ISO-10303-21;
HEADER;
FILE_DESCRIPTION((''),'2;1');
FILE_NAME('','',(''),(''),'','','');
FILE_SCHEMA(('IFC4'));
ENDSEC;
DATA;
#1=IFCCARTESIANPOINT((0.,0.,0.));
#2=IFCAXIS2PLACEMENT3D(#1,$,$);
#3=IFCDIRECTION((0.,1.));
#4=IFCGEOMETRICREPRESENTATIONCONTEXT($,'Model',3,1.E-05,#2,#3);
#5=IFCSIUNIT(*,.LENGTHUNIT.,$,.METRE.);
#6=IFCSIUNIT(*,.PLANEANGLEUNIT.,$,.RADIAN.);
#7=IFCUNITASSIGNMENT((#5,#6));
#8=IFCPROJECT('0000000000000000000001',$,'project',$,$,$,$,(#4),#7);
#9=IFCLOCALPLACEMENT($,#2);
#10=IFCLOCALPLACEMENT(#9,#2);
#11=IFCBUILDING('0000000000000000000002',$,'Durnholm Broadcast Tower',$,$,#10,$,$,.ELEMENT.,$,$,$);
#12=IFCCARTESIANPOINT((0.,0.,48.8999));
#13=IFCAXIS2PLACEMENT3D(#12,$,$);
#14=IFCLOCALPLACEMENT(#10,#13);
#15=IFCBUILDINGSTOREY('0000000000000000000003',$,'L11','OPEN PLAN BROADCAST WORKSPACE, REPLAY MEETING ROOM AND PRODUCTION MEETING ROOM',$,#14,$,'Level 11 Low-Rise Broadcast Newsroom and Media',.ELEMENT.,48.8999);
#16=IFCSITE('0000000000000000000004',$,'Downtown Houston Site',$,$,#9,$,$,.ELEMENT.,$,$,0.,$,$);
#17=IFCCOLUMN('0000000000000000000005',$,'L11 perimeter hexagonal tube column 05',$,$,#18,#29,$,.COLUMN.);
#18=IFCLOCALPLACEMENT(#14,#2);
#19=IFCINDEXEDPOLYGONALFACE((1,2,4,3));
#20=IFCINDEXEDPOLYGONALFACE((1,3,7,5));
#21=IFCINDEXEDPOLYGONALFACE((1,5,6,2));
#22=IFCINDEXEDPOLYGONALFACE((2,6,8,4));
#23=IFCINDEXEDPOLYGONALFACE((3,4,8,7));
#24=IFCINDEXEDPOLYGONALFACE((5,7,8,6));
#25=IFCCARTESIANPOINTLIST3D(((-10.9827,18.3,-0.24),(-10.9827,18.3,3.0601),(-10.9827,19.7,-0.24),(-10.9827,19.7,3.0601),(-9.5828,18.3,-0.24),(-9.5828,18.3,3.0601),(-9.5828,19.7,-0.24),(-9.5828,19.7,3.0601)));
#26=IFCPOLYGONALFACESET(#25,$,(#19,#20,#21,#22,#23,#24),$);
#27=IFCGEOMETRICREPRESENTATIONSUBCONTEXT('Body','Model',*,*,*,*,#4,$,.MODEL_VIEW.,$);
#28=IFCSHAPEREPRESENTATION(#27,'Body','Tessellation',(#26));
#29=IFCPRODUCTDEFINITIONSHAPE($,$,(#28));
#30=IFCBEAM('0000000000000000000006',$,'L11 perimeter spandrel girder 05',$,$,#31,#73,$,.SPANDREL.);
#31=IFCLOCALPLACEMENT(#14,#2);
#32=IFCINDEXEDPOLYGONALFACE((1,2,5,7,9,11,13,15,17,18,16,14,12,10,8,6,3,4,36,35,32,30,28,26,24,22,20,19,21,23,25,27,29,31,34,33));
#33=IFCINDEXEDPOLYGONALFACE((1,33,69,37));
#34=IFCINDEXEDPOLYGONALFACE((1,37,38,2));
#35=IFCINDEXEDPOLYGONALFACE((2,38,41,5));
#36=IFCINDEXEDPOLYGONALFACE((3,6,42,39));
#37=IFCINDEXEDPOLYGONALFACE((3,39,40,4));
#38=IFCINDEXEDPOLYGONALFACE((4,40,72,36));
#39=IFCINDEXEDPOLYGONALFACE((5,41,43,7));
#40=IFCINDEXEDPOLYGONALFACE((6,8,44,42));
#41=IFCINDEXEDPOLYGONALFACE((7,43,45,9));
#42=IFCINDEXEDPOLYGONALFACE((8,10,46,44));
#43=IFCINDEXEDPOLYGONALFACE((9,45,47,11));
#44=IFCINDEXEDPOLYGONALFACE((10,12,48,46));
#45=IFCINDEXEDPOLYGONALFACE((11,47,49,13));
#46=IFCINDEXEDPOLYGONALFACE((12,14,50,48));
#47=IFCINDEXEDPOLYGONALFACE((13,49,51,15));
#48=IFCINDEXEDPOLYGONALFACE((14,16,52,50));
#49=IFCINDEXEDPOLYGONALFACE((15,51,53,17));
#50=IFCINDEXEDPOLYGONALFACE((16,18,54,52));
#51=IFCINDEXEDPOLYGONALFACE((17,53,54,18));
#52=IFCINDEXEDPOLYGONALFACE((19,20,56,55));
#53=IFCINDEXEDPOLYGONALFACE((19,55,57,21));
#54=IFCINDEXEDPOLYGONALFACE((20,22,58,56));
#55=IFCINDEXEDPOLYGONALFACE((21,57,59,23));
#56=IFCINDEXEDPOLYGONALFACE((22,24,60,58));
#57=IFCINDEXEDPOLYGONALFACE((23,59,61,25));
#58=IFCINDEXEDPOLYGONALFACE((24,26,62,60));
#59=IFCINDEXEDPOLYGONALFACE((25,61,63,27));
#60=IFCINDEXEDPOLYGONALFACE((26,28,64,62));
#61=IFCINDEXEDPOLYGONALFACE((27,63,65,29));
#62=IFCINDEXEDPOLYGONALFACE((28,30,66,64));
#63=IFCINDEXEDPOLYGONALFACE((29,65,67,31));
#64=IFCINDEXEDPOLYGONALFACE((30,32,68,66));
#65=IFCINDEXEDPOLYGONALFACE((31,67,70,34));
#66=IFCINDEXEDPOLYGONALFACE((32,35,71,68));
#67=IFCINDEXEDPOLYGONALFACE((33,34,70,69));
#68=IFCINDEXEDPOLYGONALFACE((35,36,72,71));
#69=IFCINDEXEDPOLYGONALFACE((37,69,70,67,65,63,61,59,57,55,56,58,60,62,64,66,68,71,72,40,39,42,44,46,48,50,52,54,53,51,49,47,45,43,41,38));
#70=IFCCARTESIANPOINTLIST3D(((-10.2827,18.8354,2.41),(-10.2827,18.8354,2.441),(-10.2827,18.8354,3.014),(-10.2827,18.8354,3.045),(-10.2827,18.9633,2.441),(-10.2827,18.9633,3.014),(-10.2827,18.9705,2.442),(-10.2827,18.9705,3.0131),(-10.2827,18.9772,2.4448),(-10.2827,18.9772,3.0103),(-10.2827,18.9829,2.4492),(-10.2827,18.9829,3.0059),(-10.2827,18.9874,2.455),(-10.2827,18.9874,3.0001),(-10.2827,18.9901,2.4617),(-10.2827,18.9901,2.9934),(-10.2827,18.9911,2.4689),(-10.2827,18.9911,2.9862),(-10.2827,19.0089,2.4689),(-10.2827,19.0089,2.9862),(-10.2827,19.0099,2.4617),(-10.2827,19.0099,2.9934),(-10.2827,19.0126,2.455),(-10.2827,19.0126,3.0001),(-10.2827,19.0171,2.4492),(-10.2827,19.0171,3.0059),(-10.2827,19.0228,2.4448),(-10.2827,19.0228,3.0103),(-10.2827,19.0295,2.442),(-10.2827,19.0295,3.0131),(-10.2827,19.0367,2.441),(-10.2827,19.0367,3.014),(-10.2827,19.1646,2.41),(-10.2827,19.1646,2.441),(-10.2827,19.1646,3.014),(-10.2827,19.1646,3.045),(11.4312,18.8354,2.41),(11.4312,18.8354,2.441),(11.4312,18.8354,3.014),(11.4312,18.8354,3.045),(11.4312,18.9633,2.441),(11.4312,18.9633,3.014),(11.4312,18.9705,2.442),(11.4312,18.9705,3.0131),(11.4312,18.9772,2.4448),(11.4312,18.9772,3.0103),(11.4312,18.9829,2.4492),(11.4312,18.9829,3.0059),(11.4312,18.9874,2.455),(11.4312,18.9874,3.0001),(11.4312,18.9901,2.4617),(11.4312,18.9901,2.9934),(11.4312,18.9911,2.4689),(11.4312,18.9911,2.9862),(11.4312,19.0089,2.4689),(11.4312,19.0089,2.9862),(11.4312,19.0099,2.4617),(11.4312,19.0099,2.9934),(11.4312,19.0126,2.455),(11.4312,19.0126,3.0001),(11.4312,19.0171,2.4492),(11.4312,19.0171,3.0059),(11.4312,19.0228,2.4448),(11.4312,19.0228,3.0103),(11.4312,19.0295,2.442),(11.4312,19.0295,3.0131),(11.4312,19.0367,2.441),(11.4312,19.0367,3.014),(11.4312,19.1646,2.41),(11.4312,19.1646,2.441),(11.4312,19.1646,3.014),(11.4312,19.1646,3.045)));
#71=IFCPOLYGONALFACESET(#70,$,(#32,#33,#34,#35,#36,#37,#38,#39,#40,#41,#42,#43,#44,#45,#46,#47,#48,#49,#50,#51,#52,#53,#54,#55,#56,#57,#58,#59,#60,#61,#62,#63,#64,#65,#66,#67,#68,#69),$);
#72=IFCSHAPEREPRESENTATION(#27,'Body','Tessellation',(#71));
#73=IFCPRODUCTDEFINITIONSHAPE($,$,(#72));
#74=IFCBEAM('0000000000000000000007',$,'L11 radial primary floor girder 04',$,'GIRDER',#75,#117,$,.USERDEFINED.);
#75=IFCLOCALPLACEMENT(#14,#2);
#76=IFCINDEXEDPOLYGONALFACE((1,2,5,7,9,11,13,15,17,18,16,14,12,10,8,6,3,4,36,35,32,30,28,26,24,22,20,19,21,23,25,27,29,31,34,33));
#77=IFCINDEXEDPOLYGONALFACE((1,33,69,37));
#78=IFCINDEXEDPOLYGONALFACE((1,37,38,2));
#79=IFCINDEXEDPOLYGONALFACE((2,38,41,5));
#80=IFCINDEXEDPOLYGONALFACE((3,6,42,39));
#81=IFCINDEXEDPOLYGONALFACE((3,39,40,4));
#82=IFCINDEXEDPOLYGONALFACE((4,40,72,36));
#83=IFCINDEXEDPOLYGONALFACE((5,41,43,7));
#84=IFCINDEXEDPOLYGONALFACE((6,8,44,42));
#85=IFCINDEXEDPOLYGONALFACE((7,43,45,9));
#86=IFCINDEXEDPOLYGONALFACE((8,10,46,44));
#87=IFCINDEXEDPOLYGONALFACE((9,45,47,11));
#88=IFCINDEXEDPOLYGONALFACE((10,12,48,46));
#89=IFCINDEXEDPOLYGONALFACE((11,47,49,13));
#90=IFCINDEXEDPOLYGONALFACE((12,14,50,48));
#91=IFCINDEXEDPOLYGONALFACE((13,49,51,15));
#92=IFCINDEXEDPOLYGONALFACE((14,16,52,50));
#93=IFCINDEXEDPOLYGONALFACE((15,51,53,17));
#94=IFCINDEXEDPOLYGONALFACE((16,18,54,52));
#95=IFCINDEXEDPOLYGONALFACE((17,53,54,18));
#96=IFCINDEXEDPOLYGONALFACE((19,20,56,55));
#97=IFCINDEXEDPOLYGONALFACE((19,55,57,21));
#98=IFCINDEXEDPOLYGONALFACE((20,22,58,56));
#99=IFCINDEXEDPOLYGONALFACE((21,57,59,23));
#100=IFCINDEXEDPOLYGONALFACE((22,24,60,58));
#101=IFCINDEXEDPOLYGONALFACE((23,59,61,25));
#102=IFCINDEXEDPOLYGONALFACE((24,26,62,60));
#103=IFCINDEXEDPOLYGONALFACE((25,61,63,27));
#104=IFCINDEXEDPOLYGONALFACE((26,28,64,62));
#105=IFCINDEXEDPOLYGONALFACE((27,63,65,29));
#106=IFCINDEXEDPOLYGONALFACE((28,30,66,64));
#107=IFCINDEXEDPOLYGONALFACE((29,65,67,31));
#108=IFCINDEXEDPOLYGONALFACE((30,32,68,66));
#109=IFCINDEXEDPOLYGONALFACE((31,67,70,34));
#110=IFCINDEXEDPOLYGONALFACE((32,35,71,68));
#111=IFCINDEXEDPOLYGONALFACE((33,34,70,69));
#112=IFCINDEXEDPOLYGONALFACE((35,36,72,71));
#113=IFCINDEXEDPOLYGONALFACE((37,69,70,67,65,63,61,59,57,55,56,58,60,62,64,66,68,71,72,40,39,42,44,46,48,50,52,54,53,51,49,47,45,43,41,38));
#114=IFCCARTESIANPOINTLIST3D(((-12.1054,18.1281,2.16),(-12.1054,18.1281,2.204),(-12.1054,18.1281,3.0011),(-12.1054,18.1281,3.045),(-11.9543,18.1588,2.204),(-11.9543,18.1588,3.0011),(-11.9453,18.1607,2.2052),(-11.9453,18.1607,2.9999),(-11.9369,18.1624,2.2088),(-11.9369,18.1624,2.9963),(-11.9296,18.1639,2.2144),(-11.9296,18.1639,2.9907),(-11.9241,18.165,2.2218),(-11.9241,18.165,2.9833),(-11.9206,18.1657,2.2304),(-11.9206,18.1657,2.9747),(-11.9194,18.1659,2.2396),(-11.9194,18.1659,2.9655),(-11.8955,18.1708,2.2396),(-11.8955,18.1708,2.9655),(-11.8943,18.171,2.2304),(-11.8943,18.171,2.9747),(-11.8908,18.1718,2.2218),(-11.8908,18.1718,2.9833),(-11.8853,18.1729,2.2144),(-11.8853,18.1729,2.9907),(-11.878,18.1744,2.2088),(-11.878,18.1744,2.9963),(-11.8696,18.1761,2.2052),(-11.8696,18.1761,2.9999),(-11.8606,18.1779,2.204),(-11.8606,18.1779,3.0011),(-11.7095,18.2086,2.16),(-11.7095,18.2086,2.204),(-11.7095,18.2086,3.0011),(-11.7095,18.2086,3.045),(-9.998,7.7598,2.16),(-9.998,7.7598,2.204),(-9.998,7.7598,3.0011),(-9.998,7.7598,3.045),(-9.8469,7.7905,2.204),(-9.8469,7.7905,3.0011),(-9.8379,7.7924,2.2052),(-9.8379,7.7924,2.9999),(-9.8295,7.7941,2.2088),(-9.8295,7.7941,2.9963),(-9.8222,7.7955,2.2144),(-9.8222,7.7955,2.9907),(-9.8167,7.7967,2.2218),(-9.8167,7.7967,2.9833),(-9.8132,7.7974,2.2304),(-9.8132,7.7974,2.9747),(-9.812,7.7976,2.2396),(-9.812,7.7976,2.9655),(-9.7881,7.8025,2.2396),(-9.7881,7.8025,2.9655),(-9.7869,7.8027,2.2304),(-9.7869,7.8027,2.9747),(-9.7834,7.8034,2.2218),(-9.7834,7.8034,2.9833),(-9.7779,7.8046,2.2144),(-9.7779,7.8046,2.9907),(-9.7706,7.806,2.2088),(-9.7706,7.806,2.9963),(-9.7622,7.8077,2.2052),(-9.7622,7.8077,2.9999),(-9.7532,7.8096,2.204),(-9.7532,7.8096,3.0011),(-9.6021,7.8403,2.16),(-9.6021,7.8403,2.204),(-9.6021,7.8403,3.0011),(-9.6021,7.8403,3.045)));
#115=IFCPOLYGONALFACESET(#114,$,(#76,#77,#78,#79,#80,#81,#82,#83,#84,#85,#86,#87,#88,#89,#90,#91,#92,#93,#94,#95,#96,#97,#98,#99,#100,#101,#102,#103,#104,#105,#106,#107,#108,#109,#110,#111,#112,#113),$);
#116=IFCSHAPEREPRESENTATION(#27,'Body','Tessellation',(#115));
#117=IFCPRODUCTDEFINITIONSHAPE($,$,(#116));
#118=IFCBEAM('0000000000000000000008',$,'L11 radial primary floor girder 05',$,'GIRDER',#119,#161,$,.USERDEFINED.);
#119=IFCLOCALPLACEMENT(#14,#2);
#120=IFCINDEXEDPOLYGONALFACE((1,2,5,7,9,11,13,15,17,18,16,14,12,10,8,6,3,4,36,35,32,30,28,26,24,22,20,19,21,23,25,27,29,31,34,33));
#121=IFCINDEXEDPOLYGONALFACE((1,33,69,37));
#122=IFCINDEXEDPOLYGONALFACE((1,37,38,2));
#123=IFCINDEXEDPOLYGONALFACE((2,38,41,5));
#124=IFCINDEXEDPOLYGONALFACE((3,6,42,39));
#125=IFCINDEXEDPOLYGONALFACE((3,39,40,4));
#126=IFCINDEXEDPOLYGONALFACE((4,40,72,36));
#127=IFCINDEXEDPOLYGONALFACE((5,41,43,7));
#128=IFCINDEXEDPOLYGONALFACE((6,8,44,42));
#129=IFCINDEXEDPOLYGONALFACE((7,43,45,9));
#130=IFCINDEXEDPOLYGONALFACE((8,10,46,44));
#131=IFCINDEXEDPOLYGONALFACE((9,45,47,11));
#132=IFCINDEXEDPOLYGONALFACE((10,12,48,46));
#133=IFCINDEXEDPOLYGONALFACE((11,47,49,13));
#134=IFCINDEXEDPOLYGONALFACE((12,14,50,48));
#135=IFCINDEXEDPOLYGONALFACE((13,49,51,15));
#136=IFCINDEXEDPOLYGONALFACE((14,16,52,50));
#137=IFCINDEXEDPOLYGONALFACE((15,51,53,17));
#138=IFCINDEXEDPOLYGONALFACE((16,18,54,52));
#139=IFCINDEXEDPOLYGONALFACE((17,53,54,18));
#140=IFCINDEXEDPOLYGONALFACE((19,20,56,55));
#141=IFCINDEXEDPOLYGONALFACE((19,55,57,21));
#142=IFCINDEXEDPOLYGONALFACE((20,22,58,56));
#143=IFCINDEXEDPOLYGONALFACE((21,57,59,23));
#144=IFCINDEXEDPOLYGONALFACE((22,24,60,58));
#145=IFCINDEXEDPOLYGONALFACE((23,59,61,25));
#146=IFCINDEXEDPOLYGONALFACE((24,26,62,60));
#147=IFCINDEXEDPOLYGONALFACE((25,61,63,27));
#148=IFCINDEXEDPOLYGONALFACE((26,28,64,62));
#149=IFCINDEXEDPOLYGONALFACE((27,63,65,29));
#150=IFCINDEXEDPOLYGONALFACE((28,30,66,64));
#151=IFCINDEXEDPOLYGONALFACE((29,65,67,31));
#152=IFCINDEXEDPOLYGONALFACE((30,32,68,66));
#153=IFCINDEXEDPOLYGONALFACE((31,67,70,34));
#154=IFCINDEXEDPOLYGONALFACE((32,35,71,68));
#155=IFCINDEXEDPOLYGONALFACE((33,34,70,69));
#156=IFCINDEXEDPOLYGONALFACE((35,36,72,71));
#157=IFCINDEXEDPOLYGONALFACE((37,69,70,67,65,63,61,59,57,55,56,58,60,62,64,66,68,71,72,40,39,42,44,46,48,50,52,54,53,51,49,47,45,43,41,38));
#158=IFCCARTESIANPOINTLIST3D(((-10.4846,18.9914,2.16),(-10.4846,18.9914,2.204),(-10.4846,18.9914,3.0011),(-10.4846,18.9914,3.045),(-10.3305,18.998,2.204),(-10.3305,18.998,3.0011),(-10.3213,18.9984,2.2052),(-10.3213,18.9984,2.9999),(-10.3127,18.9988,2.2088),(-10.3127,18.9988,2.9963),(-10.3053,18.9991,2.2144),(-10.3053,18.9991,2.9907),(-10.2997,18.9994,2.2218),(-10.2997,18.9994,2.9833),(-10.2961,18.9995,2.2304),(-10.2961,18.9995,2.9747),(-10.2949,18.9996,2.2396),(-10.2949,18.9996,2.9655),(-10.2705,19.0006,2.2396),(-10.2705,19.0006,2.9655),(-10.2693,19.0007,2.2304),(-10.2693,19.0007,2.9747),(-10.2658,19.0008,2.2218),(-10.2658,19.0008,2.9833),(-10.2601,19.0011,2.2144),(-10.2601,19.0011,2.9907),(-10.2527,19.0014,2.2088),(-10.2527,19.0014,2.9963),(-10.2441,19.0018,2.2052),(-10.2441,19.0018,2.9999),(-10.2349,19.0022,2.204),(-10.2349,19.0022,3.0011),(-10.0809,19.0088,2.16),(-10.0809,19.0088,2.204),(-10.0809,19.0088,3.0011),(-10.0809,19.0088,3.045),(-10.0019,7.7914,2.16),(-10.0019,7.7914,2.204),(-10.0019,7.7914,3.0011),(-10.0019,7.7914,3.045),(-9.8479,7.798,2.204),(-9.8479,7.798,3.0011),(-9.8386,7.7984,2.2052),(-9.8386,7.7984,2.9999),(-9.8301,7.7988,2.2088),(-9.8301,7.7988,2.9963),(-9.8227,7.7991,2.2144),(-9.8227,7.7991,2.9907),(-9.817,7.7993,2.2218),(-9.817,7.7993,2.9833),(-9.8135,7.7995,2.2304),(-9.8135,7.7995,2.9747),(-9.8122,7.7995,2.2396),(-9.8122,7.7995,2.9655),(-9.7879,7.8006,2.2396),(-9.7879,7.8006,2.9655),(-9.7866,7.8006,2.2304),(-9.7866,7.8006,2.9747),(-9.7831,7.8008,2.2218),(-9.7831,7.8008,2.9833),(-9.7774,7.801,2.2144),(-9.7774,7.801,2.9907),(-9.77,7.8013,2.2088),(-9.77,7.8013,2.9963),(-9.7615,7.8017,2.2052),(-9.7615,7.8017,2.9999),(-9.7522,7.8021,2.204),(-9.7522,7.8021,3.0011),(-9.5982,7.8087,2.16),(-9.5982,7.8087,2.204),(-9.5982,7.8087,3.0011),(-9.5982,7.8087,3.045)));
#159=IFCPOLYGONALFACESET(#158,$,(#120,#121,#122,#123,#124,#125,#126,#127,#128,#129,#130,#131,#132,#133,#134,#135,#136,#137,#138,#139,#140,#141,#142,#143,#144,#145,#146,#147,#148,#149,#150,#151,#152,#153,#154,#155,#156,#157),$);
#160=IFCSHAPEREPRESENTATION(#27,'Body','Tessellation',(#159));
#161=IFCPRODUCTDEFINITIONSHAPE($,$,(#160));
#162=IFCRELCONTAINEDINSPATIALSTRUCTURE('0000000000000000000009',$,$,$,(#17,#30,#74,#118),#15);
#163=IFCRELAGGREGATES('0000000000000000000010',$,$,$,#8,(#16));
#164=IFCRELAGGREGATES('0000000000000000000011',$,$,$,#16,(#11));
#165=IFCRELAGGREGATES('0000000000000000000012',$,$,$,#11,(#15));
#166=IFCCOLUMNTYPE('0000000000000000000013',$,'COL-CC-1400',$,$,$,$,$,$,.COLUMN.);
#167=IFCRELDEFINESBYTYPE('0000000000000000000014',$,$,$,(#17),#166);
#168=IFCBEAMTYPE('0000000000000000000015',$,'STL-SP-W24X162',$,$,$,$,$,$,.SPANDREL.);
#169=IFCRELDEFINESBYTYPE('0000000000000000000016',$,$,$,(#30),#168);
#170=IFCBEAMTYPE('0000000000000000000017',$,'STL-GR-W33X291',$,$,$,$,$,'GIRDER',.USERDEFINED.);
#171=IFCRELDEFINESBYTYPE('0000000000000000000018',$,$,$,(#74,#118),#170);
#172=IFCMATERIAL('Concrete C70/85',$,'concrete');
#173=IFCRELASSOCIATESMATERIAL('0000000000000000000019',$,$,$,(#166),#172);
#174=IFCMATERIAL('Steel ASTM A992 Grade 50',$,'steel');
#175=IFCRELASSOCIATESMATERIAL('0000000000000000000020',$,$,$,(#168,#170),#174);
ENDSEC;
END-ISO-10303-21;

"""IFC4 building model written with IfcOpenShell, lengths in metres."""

from ifc_helpers import new_model, si_unit, direction, frame, origin, origin_2d, place, context, subcontext, project, spatial, rectangle, i_section, extrude, source, transform, mapped, material, material_profile, profile_set, type_object, type_shapes, element, save


model = new_model("IFC4")

# Units and contexts
model_context = context("Model", 3, precision=1e-05, world=origin(), true_north=direction((0.0, 1.0)))
body_context = subcontext(model_context, "Body", "Model", "MODEL_VIEW")
ifc_project = project(units=[si_unit("LENGTHUNIT", "METRE"), si_unit("PLANEANGLEUNIT", "RADIAN")], contexts=[model_context])

# Site, building, storey
site_placement = place(None, origin())
site = spatial("IfcSite", under=ifc_project, at=site_placement, Name="Downtown Houston Site", CompositionType="ELEMENT", RefElevation=0.0)
building_placement = place(site_placement, origin())
building = spatial("IfcBuilding", under=site, at=building_placement, Name="Durnholm Broadcast Tower", CompositionType="ELEMENT")
storey_placement = place(building_placement, frame((0.0, 0.0, 48.8999)))
storey = spatial("IfcBuildingStorey", under=building, at=storey_placement, Name="L11", Description="OPEN PLAN BROADCAST WORKSPACE, REPLAY MEETING ROOM AND PRODUCTION MEETING ROOM", LongName="Level 11 Low-Rise Broadcast Newsroom and Media", CompositionType="ELEMENT", Elevation=48.8999)

# Column
ifc_material_1 = material(Name="Concrete C70/85", Category="concrete")
ifc_material_profile_1 = material_profile(ifc_material_1, rectangle(XDim=1.3999, YDim=1.3999, at=origin_2d()), Name="RC1400X1400")
ifc_profile_set_1 = profile_set([ifc_material_profile_1], Name="Concrete C70/85")
column_type = type_object("IfcColumnType", Name="COL-CC-1400", PredefinedType="COLUMN", material=ifc_profile_set_1)
shared_shape_1 = source(origin(), body_context, "Body", "SweptSolid", [
    extrude(rectangle(XDim=1.3999, YDim=1.3999, at=origin_2d()), origin(), (0.0, 0.0, 1.0), 3.3),
])
type_shapes(column_type, [shared_shape_1])
column_placement = place(storey_placement, frame((-10.2827, 19.0, -0.24), z_axis=(0.0, 0.0, 1.0), x_axis=(1.0, 0.0, 0.0)))
element("IfcColumn", 1, at=column_placement, inside=storey, type_object=column_type, Name="L11 perimeter hexagonal tube column 05", PredefinedType="COLUMN", context=body_context, shape_type="MappedRepresentation", body=[
    mapped(shared_shape_1, transform((0.0, 0.0, 0.0), x_axis=(1.0, 0.0, 0.0), y_axis=(0.0, 1.0, 0.0), z_axis=(0.0, 0.0, 1.0), scale=1.0)),
])

# Beams
ifc_material_2 = material(Name="Steel ASTM A992 Grade 50", Category="steel")
ifc_material_profile_2 = material_profile(ifc_material_2, i_section(OverallWidth=0.3291, OverallDepth=0.635, WebThickness=0.0178, FlangeThickness=0.031, FilletRadius=0.0278, at=origin_2d()), Name="W24X162")
ifc_profile_set_2 = profile_set([ifc_material_profile_2], Name="Steel ASTM A992 Grade 50")
beam_type_1 = type_object("IfcBeamType", Name="STL-SP-W24X162", PredefinedType="SPANDREL", material=ifc_profile_set_2)
shared_shape_2 = source(origin(), body_context, "Body", "SweptSolid", [
    extrude(i_section(OverallWidth=0.3291, OverallDepth=0.635, WebThickness=0.0178, FlangeThickness=0.031, FilletRadius=0.0278, at=origin_2d()), origin(), (0.0, 0.0, 1.0), 21.7139),
])
type_shapes(beam_type_1, [shared_shape_2])
beam_1_placement = place(storey_placement, frame((-10.2827, 19.0, 2.7275), z_axis=(1.0, 0.0, 0.0), x_axis=(0.0, 1.0, 0.0)))
element("IfcBeam", 2, at=beam_1_placement, inside=storey, type_object=beam_type_1, Name="L11 perimeter spandrel girder 05", PredefinedType="SPANDREL", context=body_context, shape_type="MappedRepresentation", body=[
    mapped(shared_shape_2, transform((0.0, 0.0, 0.0), x_axis=(1.0, 0.0, 0.0), y_axis=(0.0, 1.0, 0.0), z_axis=(0.0, 0.0, 1.0), scale=1.0)),
])
ifc_material_profile_3 = material_profile(ifc_material_2, i_section(OverallWidth=0.4041, OverallDepth=0.885, WebThickness=0.0244, FlangeThickness=0.0439, FilletRadius=0.0356, at=origin_2d()), Name="W33X291")
ifc_profile_set_3 = profile_set([ifc_material_profile_3], Name="Steel ASTM A992 Grade 50")
beam_type_2 = type_object("IfcBeamType", Name="STL-GR-W33X291", ElementType="GIRDER", PredefinedType="USERDEFINED", material=ifc_profile_set_3)
shared_shape_3 = source(origin(), body_context, "Body", "SweptSolid", [
    extrude(i_section(OverallWidth=0.4041, OverallDepth=0.885, WebThickness=0.0244, FlangeThickness=0.0439, FilletRadius=0.0356, at=origin_2d()), origin(), (0.0, 0.0, 1.0), 10.5803),
])
beam_2_placement = place(storey_placement, frame((-9.8, 7.8, 2.6025), z_axis=(-0.199181, 0.979963, 0.0), x_axis=(-0.979963, -0.199181, 0.0)))
element("IfcBeam", 3, at=beam_2_placement, inside=storey, type_object=beam_type_2, Name="L11 radial primary floor girder 04", ObjectType="GIRDER", PredefinedType="USERDEFINED", context=body_context, shape_type="MappedRepresentation", body=[
    mapped(shared_shape_3, transform((0.0, 0.0, 0.0), x_axis=(1.0, 0.0, 0.0), y_axis=(0.0, 1.0, 0.0), z_axis=(0.0, 0.0, 1.0), scale=1.0)),
])
shared_shape_4 = source(origin(), body_context, "Body", "SweptSolid", [
    extrude(i_section(OverallWidth=0.4041, OverallDepth=0.885, WebThickness=0.0244, FlangeThickness=0.0439, FilletRadius=0.0356, at=origin_2d()), origin(), (0.0, 0.0, 1.0), 11.2104),
])
type_shapes(beam_type_2, [shared_shape_3, shared_shape_4])
beam_3_placement = place(storey_placement, frame((-9.8, 7.8, 2.6025), z_axis=(-0.043055, 0.999073, 0.0), x_axis=(-0.999073, -0.043055, 0.0)))
element("IfcBeam", 4, at=beam_3_placement, inside=storey, type_object=beam_type_2, Name="L11 radial primary floor girder 05", ObjectType="GIRDER", PredefinedType="USERDEFINED", context=body_context, shape_type="MappedRepresentation", body=[
    mapped(shared_shape_4, transform((0.0, 0.0, 0.0), x_axis=(1.0, 0.0, 0.0), y_axis=(0.0, 1.0, 0.0), z_axis=(0.0, 0.0, 1.0), scale=1.0)),
])

save(model, "model.ifc")
